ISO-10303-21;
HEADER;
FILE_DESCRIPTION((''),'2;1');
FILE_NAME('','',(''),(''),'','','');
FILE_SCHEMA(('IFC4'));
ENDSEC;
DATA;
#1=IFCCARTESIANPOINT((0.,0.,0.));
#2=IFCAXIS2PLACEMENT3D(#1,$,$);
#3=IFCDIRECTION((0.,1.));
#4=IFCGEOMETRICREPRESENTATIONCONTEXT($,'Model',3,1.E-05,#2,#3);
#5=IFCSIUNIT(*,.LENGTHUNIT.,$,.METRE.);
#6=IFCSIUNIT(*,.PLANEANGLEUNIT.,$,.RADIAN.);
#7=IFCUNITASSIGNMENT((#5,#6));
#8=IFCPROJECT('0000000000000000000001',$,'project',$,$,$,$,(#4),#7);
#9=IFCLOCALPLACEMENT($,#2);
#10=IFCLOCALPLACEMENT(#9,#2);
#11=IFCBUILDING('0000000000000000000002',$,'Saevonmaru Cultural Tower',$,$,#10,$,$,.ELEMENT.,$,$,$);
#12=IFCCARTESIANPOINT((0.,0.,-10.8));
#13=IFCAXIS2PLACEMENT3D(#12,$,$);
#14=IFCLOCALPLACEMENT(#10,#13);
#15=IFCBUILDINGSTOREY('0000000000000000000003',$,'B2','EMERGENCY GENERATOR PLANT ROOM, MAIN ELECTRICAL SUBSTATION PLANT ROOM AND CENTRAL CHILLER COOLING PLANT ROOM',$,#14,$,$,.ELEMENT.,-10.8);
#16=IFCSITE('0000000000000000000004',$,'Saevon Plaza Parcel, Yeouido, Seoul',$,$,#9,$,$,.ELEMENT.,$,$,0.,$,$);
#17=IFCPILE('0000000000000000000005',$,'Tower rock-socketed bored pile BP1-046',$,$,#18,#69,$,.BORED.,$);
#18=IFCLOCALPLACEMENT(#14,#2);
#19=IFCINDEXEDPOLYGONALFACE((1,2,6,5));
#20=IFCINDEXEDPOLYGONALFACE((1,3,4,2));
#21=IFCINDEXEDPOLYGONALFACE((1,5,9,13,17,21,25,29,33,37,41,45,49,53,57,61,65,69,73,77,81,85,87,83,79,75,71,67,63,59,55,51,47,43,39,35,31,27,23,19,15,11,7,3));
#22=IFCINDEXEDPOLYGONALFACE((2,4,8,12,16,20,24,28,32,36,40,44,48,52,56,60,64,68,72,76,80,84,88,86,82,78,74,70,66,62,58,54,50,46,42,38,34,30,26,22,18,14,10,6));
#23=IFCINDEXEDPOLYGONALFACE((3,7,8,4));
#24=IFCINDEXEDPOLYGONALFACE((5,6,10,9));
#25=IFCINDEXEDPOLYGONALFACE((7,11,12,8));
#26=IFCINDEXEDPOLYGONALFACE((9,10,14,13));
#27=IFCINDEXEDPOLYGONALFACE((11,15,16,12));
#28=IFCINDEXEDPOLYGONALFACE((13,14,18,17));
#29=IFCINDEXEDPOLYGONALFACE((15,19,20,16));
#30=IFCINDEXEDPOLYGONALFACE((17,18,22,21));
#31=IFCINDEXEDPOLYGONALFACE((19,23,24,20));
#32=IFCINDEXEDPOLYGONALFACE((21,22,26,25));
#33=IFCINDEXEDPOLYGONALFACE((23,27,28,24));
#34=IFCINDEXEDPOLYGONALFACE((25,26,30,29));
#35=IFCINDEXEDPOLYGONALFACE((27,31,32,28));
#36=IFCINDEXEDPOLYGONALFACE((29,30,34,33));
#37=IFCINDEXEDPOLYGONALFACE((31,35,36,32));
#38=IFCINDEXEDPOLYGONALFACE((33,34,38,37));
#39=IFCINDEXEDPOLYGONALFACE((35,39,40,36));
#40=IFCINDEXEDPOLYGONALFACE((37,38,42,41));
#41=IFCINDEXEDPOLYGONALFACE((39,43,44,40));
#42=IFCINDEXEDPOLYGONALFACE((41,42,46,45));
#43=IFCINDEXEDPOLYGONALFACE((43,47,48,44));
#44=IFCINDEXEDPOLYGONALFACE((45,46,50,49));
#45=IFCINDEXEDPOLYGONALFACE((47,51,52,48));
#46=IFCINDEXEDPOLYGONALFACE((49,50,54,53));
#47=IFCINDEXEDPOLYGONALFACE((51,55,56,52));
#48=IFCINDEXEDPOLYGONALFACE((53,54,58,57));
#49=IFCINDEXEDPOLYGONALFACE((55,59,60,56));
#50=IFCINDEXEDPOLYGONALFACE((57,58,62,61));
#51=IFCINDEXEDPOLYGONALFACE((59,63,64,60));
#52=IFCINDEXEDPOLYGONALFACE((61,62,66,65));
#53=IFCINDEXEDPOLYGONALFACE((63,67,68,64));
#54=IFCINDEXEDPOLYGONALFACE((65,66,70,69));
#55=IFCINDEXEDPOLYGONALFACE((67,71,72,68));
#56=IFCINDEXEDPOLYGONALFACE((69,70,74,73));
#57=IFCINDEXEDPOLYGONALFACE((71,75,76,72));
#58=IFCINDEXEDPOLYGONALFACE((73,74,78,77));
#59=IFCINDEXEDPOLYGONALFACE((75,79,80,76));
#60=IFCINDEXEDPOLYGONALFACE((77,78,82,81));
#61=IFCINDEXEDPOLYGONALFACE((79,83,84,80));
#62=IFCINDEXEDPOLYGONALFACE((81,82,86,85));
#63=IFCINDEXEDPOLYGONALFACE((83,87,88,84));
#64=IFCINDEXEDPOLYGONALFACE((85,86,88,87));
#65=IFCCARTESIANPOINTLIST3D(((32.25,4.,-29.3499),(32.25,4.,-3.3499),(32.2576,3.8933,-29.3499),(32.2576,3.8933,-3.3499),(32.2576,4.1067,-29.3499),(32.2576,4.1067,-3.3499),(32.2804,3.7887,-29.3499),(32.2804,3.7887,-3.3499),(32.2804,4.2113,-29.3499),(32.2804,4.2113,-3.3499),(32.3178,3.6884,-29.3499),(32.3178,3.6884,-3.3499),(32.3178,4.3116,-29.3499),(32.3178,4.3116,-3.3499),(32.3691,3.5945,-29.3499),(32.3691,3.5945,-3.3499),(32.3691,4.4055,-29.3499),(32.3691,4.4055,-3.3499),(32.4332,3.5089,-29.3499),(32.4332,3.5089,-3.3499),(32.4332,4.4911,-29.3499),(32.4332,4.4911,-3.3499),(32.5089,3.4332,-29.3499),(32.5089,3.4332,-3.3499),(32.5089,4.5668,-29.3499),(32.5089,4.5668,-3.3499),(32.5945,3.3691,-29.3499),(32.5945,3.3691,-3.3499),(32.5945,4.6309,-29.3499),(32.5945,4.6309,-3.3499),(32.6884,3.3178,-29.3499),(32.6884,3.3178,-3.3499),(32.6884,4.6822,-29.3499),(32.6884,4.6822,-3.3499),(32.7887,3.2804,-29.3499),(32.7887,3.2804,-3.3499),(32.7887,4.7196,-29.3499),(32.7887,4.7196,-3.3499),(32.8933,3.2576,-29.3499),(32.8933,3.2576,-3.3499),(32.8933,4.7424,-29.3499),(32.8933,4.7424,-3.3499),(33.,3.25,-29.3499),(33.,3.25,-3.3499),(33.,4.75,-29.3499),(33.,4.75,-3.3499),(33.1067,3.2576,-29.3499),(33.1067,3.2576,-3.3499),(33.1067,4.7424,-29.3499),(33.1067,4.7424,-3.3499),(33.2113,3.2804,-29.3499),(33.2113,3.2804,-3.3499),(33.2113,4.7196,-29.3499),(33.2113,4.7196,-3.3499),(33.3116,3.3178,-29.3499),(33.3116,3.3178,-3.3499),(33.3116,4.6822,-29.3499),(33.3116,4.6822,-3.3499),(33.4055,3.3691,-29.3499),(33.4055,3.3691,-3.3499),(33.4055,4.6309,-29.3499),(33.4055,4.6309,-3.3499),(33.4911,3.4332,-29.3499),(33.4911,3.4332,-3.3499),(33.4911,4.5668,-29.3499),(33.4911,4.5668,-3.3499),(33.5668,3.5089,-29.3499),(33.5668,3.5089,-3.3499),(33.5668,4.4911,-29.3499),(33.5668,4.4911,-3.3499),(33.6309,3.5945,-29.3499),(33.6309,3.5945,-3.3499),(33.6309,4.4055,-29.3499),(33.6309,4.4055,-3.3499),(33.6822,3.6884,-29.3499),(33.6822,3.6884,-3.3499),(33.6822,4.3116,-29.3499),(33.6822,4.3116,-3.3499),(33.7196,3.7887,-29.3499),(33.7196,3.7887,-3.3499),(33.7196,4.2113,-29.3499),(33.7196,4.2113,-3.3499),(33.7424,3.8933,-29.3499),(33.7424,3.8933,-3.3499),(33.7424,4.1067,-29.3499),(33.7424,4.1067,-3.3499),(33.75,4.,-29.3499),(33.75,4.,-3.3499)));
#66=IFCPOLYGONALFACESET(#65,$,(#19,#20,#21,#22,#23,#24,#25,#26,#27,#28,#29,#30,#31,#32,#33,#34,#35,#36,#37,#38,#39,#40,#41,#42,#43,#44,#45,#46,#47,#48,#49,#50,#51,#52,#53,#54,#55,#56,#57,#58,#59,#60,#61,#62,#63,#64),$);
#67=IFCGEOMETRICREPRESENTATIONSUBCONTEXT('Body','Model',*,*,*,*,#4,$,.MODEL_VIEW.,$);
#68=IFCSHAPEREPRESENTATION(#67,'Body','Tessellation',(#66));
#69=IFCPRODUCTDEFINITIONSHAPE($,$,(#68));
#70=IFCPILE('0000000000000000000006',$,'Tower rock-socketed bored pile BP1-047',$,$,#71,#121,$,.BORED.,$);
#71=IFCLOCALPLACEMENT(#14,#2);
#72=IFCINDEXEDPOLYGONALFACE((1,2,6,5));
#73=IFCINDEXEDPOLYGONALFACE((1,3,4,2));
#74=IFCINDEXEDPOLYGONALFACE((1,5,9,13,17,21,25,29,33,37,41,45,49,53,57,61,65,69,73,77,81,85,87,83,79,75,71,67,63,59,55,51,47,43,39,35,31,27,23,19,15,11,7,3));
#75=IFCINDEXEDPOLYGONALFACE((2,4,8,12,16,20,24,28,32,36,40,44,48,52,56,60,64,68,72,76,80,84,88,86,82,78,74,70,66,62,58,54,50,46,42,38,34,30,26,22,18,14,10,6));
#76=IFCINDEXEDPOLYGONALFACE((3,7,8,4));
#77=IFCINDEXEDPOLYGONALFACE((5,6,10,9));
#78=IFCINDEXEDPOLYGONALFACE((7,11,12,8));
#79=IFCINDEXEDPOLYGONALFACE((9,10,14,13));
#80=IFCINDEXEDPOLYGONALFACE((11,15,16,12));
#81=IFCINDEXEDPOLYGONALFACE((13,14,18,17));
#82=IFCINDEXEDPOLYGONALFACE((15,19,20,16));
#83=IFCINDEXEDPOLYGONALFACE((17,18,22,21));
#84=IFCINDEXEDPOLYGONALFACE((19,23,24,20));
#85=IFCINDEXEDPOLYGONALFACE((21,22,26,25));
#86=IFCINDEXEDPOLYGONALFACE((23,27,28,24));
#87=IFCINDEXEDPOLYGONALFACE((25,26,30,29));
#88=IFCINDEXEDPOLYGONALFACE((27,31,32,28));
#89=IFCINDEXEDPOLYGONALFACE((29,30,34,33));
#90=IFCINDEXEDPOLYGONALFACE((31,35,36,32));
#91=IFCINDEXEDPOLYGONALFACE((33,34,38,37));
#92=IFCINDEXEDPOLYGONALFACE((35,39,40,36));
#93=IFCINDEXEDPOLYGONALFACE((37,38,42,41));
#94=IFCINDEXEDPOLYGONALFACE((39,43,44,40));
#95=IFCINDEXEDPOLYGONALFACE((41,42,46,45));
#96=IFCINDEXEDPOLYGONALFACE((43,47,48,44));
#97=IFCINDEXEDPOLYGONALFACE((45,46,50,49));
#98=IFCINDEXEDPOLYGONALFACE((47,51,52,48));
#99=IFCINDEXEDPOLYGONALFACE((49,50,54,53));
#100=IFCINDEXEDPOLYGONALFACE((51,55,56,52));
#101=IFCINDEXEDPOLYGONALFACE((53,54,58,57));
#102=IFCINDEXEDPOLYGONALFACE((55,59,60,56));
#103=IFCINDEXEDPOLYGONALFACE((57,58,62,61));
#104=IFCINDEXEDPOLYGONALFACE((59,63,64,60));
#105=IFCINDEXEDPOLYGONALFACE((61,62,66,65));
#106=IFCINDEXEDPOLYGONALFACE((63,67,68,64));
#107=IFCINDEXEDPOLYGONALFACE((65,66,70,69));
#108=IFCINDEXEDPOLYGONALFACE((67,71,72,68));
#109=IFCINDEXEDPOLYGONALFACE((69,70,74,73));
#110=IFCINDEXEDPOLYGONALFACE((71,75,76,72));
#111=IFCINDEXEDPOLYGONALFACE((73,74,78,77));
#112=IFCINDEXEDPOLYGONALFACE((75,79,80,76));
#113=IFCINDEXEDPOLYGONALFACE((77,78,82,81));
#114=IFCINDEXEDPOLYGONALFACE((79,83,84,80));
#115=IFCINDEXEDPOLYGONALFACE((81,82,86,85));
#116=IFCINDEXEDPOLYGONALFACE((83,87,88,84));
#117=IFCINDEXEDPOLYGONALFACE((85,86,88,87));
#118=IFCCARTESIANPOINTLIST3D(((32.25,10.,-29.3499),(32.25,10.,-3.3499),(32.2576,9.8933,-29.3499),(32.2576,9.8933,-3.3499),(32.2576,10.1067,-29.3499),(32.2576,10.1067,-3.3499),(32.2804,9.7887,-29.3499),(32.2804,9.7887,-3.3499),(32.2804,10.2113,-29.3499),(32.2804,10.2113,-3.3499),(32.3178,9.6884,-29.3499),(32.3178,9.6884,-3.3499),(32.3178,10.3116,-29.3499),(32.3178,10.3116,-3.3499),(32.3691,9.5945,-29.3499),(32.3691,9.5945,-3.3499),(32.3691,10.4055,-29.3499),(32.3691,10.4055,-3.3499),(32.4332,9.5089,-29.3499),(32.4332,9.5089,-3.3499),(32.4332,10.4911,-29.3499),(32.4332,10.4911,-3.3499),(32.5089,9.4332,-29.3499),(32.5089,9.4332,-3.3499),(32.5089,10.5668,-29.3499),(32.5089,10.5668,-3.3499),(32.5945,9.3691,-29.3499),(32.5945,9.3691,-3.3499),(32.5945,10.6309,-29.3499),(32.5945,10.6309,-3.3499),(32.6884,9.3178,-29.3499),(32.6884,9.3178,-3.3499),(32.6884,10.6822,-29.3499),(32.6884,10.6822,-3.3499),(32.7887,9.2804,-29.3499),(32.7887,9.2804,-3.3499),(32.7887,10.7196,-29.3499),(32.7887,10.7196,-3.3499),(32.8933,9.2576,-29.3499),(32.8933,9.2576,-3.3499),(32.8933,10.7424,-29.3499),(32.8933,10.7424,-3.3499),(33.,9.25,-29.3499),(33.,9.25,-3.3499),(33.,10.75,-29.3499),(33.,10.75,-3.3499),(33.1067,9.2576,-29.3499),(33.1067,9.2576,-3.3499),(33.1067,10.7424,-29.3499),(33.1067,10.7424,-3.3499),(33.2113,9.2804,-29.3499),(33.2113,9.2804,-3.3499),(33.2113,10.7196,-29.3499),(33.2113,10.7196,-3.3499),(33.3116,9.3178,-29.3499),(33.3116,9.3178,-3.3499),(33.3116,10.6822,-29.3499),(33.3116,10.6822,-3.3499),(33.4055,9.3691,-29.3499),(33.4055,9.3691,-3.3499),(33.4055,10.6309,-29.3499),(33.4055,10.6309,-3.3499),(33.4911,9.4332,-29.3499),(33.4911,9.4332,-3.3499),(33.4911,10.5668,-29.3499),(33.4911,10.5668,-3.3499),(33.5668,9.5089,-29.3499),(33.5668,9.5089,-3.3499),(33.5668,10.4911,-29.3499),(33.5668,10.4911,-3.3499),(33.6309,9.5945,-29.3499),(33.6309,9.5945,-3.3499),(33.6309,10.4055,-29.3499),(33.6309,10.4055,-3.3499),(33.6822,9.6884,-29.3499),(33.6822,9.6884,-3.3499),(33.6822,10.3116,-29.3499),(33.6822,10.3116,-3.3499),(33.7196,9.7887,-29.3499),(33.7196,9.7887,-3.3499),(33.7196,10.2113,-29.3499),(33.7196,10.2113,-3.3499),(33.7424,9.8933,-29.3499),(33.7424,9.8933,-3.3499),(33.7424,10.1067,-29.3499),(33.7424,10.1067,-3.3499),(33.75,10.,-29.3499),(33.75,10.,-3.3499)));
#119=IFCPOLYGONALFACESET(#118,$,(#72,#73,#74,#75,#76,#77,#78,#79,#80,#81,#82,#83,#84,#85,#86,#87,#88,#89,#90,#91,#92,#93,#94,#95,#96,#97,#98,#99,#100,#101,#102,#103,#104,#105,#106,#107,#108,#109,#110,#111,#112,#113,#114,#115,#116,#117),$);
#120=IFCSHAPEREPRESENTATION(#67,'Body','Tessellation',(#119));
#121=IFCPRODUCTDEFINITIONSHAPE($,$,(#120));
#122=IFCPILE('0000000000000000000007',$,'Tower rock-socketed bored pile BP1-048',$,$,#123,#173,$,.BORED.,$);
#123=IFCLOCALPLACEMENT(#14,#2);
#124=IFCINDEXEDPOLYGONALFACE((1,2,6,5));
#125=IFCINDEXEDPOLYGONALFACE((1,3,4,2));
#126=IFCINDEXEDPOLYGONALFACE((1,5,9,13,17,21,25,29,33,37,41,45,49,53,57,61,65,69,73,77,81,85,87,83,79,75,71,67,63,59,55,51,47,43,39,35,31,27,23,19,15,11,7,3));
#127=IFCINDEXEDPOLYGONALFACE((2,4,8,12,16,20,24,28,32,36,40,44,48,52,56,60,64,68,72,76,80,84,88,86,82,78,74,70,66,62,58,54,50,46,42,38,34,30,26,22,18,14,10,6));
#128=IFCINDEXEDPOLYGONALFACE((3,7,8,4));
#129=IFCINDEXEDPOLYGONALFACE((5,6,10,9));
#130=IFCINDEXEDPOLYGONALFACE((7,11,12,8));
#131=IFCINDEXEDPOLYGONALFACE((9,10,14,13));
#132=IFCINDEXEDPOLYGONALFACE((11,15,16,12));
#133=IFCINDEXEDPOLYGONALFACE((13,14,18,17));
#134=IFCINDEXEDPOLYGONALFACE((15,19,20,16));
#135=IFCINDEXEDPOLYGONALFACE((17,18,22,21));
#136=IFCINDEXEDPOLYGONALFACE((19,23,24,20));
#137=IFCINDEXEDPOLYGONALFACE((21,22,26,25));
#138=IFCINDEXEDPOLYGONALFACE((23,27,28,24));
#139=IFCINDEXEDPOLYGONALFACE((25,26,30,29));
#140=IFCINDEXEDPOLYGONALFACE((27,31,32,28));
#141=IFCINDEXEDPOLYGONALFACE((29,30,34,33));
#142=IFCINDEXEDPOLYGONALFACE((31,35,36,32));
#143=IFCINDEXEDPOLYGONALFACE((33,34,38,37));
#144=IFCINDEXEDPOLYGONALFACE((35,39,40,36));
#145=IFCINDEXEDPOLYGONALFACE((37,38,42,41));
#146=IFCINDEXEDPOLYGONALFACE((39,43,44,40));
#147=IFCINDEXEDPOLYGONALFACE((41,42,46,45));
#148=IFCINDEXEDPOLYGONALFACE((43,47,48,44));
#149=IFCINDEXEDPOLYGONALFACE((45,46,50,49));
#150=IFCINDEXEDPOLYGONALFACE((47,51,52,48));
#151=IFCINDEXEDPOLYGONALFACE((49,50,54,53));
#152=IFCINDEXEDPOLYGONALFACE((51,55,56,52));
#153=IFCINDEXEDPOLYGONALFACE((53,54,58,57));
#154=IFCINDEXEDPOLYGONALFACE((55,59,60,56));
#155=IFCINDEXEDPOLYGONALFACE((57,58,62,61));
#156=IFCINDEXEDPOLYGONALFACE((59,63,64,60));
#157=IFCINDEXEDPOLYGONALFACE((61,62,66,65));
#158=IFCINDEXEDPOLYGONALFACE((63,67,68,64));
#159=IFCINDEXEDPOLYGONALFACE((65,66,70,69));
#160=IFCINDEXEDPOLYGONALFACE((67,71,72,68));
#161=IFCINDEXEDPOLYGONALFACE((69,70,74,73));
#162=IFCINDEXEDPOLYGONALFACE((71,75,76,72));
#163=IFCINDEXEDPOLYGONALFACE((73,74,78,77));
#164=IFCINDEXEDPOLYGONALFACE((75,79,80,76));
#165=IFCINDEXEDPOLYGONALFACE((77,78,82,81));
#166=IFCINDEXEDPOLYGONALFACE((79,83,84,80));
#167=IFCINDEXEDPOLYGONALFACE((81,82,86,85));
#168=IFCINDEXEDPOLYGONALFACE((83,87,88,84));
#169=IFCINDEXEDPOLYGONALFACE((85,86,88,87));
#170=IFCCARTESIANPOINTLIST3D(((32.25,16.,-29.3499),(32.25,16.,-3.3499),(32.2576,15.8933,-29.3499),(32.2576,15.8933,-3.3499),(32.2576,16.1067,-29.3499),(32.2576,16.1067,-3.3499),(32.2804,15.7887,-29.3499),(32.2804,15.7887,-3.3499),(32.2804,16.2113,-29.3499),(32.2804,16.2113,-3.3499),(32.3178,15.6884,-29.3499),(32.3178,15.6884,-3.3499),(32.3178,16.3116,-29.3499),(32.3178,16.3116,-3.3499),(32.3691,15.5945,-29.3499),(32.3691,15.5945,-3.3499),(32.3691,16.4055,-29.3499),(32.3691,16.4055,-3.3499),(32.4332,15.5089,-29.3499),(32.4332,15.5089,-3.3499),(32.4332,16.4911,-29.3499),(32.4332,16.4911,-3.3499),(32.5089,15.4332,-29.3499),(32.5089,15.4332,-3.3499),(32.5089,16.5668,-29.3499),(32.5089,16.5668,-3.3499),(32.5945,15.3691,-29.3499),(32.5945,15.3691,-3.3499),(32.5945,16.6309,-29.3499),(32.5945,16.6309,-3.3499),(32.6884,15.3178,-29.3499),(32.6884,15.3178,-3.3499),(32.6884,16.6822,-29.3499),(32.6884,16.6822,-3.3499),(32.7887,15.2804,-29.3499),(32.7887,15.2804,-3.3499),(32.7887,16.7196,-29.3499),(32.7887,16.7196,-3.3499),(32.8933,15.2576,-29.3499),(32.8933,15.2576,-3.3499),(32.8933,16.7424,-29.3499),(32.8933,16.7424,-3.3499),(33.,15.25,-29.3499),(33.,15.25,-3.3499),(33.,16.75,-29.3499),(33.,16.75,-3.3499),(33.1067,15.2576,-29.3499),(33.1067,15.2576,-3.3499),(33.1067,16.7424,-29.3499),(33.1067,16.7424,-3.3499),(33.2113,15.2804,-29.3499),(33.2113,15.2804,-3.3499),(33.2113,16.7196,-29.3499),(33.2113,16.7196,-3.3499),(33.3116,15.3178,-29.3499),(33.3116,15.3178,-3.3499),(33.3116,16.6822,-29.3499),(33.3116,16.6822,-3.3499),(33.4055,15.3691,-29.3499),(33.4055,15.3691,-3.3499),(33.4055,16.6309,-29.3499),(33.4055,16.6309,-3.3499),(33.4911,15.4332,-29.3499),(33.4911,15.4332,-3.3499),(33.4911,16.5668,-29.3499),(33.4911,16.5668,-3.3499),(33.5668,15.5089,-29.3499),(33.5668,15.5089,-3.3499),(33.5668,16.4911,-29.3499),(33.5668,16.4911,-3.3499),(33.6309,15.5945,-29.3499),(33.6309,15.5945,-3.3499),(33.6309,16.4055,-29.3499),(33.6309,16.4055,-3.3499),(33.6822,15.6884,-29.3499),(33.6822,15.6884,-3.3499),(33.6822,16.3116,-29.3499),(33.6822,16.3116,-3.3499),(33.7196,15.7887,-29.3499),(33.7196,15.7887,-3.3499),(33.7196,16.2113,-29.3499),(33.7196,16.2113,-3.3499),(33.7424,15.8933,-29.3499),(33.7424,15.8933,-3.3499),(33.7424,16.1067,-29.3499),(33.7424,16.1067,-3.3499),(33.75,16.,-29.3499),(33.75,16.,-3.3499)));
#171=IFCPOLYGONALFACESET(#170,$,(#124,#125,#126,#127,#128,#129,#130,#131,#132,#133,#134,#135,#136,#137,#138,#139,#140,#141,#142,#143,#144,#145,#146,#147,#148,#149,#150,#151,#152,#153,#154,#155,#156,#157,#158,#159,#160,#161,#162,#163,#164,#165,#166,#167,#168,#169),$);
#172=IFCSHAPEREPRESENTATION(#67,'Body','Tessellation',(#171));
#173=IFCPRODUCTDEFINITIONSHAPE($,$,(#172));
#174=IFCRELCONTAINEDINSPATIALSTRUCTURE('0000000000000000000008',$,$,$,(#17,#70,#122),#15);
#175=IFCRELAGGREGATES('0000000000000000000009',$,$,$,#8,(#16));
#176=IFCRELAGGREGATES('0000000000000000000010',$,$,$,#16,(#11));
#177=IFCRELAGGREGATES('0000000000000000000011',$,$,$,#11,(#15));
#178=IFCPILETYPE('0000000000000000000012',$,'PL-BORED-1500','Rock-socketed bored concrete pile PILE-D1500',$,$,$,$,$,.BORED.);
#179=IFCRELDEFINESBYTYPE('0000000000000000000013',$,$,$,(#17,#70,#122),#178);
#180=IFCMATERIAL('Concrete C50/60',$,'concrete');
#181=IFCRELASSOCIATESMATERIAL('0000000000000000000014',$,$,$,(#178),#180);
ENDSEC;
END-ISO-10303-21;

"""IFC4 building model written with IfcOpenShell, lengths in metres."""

from ifc_helpers import new_model, si_unit, direction, frame, origin, origin_2d, place, context, subcontext, project, spatial, circle, extrude, material, material_profile, profile_set, type_object, element, save


model = new_model("IFC4")

# Units and contexts
model_context = context("Model", 3, precision=1e-05, world=origin(), true_north=direction((0.0, 1.0)))
body_context = subcontext(model_context, "Body", "Model", "MODEL_VIEW")
ifc_project = project(units=[si_unit("LENGTHUNIT", "METRE"), si_unit("PLANEANGLEUNIT", "RADIAN")], contexts=[model_context])

# Site, building, storey
site_placement = place(None, origin())
site = spatial("IfcSite", under=ifc_project, at=site_placement, Name="Saevon Plaza Parcel, Yeouido, Seoul", CompositionType="ELEMENT", RefElevation=0.0)
building_placement = place(site_placement, origin())
building = spatial("IfcBuilding", under=site, at=building_placement, Name="Saevonmaru Cultural Tower", CompositionType="ELEMENT")
storey_placement = place(building_placement, frame((0.0, 0.0, -10.8)))
storey = spatial("IfcBuildingStorey", under=building, at=storey_placement, Name="B2", Description="EMERGENCY GENERATOR PLANT ROOM, MAIN ELECTRICAL SUBSTATION PLANT ROOM AND CENTRAL CHILLER COOLING PLANT ROOM", CompositionType="ELEMENT", Elevation=-10.8)

# Piles
ifc_material_1 = material(Name="Concrete C50/60", Category="concrete")
ifc_material_profile_1 = material_profile(ifc_material_1, circle(Radius=0.75, at=origin_2d()), Name="PILE-D1500")
ifc_profile_set_1 = profile_set([ifc_material_profile_1], Name="Concrete C50/60")
pile_type = type_object("IfcPileType", Name="PL-BORED-1500", Description="Rock-socketed bored concrete pile PILE-D1500", PredefinedType="BORED", material=ifc_profile_set_1)
for number, where, z_axis, x_axis, name in (
    (1, (33.0, 4.0, -3.3499), (0.0, 0.0, -1.0), (1.0, 0.0, 0.0), "Tower rock-socketed bored pile BP1-046"),
    (2, (33.0, 10.0, -3.3499), (0.0, 0.0, -1.0), (1.0, 0.0, 0.0), "Tower rock-socketed bored pile BP1-047"),
    (3, (33.0, 16.0, -3.3499), (0.0, 0.0, -1.0), (1.0, 0.0, 0.0), "Tower rock-socketed bored pile BP1-048"),
):
    element("IfcPile", number, at=place(storey_placement, frame(where, z_axis=z_axis, x_axis=x_axis)), inside=storey, type_object=pile_type, Name=name, PredefinedType="BORED", context=body_context, shape_type="SweptSolid", body=[
        extrude(circle(Radius=0.75, at=origin_2d()), origin(), (0.0, 0.0, 1.0), 26.0),
    ])

save(model, "model.ifc")
